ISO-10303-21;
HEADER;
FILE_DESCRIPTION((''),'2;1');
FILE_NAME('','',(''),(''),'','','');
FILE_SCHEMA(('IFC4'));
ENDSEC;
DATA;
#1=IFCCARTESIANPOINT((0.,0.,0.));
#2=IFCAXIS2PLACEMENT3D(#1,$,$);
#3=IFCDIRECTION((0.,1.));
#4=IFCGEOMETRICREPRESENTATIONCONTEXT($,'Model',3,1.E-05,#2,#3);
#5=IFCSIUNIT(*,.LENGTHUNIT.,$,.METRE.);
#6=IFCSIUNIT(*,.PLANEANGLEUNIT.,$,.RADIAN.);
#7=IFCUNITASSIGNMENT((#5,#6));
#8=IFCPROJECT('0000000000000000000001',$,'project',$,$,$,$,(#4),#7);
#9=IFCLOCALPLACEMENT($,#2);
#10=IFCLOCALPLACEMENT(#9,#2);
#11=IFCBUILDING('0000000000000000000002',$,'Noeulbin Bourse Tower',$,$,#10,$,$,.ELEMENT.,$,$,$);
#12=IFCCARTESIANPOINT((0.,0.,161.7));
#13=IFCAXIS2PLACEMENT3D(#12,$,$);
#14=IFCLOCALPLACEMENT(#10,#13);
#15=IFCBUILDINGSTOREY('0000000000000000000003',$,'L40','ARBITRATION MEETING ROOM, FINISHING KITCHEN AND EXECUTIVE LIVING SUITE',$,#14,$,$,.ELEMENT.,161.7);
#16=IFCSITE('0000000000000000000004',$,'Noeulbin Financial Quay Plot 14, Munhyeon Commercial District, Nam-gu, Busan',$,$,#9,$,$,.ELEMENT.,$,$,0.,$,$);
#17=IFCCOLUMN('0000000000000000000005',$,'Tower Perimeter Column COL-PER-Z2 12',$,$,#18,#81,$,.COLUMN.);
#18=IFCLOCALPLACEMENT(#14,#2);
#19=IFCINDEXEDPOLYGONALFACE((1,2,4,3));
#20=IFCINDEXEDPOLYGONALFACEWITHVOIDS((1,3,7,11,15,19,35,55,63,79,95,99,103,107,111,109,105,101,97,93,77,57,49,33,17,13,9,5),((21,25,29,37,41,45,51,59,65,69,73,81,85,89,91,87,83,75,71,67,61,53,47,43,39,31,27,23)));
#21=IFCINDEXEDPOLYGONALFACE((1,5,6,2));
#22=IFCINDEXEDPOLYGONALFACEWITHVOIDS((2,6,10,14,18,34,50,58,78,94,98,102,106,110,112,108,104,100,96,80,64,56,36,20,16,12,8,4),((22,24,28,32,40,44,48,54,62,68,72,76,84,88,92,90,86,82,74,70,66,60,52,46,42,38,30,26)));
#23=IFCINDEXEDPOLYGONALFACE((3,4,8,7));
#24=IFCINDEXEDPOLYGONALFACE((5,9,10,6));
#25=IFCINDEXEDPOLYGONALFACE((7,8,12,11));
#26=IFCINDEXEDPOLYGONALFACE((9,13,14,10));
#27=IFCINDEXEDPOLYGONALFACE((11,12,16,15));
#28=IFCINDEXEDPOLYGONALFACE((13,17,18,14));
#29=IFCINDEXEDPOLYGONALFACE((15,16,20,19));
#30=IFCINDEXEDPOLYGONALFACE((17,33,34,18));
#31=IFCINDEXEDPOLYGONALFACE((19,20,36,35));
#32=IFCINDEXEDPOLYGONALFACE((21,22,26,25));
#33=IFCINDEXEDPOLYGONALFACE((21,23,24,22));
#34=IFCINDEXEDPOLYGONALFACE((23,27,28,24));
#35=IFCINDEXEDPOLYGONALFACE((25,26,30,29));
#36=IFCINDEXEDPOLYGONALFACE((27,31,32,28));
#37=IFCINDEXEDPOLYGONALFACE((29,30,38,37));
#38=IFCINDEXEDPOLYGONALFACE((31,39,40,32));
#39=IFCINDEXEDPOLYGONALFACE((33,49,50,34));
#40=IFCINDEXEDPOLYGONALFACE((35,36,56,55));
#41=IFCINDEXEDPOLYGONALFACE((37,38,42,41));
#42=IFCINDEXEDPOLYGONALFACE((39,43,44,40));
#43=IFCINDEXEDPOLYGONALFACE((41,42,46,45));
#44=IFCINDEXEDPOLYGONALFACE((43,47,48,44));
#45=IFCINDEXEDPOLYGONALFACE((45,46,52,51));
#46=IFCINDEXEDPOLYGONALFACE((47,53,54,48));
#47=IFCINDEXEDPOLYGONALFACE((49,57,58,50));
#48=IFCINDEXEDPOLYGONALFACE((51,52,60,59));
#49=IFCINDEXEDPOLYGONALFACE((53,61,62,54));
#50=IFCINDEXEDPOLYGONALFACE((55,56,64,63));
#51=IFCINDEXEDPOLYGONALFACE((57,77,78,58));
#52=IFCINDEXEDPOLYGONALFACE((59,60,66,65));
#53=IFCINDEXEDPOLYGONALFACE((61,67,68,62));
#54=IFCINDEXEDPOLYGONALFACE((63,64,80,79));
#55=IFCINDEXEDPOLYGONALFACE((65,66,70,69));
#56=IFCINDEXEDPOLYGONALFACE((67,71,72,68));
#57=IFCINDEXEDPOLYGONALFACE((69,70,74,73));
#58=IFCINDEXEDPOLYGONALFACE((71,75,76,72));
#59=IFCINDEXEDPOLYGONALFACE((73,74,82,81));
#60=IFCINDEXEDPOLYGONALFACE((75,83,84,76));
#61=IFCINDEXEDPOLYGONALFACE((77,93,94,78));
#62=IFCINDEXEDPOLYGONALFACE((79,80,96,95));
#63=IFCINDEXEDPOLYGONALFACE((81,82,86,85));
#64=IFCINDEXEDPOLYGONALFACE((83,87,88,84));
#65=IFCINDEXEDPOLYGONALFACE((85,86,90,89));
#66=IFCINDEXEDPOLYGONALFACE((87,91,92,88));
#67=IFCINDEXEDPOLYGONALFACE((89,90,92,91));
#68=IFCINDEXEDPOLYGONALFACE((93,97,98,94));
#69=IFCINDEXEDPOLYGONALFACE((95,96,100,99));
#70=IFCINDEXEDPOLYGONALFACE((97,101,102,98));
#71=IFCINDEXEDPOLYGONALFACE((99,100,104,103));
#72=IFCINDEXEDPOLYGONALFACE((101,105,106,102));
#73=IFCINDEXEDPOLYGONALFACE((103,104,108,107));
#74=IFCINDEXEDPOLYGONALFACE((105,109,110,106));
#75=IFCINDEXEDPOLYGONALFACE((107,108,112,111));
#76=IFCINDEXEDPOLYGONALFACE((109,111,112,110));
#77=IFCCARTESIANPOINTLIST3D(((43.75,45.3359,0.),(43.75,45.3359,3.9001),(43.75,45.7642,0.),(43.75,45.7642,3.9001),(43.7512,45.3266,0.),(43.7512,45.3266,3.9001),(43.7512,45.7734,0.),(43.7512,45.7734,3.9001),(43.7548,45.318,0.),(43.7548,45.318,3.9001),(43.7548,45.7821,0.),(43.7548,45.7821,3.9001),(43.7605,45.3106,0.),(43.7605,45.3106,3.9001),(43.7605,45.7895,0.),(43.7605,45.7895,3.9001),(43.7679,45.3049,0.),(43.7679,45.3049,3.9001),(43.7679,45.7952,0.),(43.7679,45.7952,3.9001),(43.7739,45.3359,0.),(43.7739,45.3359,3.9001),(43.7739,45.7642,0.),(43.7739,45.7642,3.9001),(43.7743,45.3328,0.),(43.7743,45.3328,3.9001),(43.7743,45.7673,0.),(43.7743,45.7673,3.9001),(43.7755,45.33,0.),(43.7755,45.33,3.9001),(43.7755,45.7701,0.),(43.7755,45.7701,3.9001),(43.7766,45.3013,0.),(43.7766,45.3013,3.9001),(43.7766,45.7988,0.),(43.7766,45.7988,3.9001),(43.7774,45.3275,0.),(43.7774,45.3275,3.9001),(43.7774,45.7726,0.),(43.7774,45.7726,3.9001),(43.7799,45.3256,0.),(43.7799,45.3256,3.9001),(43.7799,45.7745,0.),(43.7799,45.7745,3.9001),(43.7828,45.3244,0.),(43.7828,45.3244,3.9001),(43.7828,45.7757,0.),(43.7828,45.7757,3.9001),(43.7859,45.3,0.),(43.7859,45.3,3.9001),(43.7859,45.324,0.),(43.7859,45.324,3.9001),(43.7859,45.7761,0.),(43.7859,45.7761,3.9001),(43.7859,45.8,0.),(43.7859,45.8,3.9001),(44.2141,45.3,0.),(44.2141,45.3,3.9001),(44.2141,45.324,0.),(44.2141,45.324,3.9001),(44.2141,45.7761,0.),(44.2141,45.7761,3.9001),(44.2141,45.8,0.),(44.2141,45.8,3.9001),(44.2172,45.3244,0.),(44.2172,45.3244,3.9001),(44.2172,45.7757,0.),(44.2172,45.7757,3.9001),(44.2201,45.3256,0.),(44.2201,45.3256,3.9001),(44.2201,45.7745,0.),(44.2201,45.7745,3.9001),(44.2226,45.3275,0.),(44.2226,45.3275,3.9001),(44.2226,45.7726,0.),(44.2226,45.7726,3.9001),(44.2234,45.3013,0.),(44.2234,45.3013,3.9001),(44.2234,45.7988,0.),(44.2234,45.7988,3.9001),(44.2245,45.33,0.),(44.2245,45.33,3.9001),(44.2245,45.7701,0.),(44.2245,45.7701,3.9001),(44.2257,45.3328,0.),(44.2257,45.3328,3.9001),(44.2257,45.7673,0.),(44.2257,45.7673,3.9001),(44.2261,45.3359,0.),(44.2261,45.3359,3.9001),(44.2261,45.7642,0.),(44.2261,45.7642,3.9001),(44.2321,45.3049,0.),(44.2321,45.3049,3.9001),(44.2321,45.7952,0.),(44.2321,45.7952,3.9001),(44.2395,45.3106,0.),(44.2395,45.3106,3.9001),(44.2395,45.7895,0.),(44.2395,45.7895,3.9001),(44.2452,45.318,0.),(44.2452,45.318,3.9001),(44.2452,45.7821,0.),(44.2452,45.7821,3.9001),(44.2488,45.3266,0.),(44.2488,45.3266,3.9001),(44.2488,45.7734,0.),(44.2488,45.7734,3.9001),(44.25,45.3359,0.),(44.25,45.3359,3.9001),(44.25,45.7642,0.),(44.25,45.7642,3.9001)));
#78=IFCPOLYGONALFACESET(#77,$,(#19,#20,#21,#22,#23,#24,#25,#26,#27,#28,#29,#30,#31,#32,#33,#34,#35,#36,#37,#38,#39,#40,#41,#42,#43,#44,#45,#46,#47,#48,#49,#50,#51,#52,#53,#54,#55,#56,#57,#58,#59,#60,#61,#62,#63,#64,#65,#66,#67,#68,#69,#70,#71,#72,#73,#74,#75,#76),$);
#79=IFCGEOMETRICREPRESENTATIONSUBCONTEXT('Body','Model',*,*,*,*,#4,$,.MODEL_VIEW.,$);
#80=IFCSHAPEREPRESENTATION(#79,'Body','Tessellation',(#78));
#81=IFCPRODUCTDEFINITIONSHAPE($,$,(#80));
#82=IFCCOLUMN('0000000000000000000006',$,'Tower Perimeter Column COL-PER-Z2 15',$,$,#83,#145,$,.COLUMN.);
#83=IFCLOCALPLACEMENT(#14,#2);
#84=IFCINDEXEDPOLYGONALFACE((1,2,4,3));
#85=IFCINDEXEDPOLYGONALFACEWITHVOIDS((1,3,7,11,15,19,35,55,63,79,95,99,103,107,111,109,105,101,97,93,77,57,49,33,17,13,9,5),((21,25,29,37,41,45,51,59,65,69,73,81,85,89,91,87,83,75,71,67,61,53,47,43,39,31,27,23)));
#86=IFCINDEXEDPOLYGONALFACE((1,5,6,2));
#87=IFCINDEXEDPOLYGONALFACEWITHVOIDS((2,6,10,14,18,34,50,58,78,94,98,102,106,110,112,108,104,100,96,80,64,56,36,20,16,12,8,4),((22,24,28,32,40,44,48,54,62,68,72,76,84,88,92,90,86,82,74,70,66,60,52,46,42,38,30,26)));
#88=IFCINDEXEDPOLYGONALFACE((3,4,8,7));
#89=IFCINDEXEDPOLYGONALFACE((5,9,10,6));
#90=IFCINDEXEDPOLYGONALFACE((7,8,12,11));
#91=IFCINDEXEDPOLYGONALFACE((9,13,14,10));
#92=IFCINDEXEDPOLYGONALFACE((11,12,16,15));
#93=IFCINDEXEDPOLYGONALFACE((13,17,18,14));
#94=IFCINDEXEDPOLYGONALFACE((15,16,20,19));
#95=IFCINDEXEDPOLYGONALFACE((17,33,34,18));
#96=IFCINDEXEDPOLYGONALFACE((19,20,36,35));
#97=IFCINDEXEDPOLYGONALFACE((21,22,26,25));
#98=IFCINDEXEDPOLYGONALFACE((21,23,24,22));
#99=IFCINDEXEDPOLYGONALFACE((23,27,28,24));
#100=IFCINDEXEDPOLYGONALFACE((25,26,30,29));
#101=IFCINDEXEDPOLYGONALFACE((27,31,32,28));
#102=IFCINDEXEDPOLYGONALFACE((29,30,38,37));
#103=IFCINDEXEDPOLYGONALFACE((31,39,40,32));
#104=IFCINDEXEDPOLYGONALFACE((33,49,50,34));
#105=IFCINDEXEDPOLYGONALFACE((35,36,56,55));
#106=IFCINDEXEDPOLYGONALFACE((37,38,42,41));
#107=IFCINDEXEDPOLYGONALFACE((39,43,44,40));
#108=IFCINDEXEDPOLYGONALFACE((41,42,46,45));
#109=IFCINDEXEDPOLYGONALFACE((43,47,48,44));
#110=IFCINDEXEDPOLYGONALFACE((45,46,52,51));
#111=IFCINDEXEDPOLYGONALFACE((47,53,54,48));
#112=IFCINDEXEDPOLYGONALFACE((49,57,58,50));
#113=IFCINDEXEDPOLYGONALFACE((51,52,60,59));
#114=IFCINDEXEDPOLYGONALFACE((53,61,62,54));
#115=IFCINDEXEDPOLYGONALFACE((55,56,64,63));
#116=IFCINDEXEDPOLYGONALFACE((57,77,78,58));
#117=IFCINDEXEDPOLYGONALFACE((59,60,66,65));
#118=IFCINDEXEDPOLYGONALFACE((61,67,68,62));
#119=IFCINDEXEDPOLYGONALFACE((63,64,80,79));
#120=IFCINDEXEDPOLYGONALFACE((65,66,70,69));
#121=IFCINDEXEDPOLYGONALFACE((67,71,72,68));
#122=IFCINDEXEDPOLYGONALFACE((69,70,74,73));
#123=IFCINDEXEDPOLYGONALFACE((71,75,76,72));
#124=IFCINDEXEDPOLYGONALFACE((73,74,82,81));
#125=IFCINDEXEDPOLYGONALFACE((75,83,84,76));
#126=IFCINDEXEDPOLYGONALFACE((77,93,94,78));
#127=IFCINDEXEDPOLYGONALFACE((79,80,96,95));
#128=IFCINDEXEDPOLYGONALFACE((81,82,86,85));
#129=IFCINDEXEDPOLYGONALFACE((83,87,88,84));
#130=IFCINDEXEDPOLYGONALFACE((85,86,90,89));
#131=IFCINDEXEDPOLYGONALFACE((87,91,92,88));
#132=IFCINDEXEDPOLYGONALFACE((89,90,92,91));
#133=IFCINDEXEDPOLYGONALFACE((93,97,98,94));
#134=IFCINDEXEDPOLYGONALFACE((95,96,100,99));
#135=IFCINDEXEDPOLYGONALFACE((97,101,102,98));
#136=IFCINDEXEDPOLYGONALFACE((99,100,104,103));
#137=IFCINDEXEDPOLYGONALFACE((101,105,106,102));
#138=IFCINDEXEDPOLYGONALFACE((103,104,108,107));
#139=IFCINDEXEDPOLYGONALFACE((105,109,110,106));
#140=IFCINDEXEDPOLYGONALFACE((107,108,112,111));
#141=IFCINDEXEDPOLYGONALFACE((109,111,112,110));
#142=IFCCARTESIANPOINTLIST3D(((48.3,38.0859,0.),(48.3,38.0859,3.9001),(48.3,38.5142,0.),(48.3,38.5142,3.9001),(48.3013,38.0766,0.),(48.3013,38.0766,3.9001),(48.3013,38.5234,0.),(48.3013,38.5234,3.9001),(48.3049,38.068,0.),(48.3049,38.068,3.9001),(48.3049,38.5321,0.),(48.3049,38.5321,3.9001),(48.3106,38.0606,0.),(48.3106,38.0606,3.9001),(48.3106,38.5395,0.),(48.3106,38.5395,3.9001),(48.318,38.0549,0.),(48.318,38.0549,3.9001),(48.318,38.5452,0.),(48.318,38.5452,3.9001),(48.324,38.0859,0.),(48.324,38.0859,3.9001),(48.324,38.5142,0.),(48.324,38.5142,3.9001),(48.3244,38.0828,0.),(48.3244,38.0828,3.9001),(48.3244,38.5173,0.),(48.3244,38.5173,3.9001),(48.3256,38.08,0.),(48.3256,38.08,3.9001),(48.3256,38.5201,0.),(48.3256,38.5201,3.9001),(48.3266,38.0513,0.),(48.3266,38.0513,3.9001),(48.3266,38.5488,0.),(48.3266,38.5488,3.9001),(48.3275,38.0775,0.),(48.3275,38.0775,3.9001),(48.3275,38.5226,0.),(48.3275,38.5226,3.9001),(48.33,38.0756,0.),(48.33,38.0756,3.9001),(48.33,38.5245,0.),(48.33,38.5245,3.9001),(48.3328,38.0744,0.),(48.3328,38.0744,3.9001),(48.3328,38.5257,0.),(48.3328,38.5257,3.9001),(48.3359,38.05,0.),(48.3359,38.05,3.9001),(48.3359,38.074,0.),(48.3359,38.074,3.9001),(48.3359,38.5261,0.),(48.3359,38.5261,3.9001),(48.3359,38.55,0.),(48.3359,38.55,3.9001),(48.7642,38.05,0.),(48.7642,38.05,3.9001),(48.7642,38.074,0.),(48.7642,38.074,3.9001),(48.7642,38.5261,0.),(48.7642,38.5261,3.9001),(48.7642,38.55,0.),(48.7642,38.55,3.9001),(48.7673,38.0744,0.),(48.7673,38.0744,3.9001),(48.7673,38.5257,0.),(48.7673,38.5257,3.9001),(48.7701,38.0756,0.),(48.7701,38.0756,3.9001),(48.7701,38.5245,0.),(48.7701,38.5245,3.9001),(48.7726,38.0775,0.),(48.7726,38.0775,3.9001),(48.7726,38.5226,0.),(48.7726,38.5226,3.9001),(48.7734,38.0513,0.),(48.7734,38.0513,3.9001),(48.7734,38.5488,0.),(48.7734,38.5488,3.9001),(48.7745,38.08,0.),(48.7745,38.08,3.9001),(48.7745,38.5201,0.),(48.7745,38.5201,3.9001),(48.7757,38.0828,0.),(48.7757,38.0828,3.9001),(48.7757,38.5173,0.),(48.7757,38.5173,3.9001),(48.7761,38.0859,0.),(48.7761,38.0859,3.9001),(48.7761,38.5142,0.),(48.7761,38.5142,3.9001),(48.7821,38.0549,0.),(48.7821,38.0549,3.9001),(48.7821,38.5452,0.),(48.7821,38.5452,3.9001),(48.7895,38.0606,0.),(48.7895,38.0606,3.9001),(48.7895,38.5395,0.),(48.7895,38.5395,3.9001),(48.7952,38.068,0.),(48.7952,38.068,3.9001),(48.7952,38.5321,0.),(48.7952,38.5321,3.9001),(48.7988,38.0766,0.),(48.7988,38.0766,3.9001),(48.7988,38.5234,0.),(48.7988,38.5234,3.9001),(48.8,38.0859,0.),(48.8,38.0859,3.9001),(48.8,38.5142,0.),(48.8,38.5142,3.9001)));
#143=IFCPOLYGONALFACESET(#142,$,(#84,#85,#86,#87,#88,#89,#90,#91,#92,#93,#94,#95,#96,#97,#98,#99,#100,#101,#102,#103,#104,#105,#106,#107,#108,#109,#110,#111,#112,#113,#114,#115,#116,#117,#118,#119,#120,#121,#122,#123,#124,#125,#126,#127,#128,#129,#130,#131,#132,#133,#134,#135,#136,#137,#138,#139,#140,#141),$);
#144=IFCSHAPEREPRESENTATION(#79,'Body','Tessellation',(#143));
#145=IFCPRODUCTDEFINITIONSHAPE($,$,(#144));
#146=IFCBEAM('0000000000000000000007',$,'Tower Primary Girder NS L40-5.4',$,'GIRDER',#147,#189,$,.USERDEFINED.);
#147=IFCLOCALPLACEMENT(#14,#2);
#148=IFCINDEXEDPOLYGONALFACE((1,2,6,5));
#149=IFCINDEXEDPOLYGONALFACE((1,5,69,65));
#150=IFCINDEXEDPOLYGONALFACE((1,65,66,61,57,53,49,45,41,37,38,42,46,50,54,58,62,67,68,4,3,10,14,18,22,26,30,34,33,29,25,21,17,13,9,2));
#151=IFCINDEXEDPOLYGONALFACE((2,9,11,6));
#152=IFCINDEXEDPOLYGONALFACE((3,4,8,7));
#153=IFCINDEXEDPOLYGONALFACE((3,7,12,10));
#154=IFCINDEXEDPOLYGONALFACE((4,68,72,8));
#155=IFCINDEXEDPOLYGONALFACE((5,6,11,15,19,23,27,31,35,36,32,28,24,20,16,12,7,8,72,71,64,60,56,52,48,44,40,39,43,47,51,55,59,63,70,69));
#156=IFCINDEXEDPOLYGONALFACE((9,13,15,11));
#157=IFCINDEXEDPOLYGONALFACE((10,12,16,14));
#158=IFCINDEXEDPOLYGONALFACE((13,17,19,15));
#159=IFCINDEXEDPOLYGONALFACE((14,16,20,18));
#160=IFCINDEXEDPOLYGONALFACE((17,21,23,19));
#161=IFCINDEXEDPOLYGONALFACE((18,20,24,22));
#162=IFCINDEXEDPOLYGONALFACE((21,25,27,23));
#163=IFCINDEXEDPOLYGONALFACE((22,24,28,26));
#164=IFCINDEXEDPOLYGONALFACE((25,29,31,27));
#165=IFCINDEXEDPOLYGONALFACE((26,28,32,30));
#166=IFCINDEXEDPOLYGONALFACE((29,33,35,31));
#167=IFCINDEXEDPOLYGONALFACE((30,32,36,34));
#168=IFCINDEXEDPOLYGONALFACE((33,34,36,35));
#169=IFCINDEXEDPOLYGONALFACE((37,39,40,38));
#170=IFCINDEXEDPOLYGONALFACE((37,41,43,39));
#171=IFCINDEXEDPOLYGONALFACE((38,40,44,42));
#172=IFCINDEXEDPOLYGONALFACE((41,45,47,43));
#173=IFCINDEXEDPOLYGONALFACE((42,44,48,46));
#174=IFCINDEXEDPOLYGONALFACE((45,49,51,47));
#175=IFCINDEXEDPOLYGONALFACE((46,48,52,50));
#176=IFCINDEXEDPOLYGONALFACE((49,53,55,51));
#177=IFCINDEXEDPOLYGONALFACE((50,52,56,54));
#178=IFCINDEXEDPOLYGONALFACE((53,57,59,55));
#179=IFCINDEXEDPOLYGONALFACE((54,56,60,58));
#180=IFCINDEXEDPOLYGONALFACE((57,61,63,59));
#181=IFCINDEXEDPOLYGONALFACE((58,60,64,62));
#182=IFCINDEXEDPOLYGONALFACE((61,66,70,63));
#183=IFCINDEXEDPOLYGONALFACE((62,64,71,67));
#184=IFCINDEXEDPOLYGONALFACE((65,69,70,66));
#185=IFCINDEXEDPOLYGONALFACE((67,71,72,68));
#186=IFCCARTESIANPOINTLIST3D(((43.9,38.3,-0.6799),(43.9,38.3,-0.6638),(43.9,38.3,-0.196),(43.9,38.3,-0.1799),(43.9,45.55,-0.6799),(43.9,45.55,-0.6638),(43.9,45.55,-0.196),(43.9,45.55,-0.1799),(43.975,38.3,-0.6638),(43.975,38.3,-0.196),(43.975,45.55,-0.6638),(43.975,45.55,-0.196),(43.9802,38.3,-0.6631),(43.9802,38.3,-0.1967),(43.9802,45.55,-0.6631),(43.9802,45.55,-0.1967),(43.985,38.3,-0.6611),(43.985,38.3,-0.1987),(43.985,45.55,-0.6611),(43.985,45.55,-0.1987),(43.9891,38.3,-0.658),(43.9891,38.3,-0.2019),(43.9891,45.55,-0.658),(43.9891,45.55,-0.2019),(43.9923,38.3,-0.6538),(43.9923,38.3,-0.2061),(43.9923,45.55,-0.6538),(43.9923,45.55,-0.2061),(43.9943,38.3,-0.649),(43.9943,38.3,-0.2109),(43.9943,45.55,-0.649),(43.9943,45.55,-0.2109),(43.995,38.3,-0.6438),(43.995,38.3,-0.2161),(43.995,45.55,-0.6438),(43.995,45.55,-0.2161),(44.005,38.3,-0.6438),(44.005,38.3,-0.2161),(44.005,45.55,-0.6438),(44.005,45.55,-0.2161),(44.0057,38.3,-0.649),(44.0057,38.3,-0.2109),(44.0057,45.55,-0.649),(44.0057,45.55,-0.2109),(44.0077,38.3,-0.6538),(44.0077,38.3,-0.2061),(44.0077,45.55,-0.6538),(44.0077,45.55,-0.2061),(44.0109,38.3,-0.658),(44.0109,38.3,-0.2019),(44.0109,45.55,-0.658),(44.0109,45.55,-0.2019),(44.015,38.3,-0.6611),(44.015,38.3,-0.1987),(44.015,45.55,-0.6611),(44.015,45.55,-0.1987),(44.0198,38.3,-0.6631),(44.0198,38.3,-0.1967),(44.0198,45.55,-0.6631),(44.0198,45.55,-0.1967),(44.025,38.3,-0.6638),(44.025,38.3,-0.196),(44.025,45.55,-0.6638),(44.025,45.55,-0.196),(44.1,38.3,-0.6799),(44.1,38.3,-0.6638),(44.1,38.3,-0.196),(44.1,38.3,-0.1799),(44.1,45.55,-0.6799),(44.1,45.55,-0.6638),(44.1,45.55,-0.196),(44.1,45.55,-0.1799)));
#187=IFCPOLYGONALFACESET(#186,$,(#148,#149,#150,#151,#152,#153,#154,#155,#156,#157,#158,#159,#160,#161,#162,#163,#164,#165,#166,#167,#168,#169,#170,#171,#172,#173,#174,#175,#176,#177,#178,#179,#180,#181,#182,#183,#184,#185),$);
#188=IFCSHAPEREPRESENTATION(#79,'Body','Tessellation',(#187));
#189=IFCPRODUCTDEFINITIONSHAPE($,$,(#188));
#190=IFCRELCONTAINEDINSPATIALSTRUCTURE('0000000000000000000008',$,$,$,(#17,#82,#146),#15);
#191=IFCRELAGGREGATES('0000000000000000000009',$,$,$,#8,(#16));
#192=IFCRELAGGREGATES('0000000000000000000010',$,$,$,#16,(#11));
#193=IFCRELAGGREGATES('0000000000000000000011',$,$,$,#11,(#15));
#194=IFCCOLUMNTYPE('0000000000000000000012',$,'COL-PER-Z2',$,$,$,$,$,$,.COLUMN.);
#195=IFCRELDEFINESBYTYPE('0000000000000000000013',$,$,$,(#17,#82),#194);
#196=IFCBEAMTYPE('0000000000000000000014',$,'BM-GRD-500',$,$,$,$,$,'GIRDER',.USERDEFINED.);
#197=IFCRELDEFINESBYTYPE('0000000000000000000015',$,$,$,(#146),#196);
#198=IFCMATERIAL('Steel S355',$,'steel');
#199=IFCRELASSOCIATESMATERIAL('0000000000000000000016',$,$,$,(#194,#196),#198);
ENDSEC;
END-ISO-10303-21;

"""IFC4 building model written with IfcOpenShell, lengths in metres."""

from ifc_helpers import new_model, si_unit, direction, frame, origin, origin_2d, place, context, subcontext, project, spatial, hollow_rectangle, i_section, extrude, material, material_profile, profile_set, type_object, element, save


model = new_model("IFC4")

# Units and contexts
model_context = context("Model", 3, precision=1e-05, world=origin(), true_north=direction((0.0, 1.0)))
body_context = subcontext(model_context, "Body", "Model", "MODEL_VIEW")
ifc_project = project(units=[si_unit("LENGTHUNIT", "METRE"), si_unit("PLANEANGLEUNIT", "RADIAN")], contexts=[model_context])

# Site, building, storey
site_placement = place(None, origin())
site = spatial("IfcSite", under=ifc_project, at=site_placement, Name="Noeulbin Financial Quay Plot 14, Munhyeon Commercial District, Nam-gu, Busan", CompositionType="ELEMENT", RefElevation=0.0)
building_placement = place(site_placement, origin())
building = spatial("IfcBuilding", under=site, at=building_placement, Name="Noeulbin Bourse Tower", CompositionType="ELEMENT")
storey_placement = place(building_placement, frame((0.0, 0.0, 161.7)))
storey = spatial("IfcBuildingStorey", under=building, at=storey_placement, Name="L40", Description="ARBITRATION MEETING ROOM, FINISHING KITCHEN AND EXECUTIVE LIVING SUITE", CompositionType="ELEMENT", Elevation=161.7)

# Columns
ifc_material_1 = material(Name="Steel S355", Category="steel")
ifc_material_profile_1 = material_profile(ifc_material_1, hollow_rectangle(XDim=0.5, YDim=0.5, WallThickness=0.0239, InnerFilletRadius=0.012, OuterFilletRadius=0.0359, at=origin_2d()), Name="BOX-500x500x24", Category="LoadBearing")
ifc_profile_set_1 = profile_set([ifc_material_profile_1], Name="Steel S355")
column_type = type_object("IfcColumnType", Name="COL-PER-Z2", PredefinedType="COLUMN", material=ifc_profile_set_1)
for number, where, z_axis, x_axis, name in (
    (1, (44.0, 45.55, 0.0), (0.0, 0.0, 1.0), (1.0, 0.0, 0.0), "Tower Perimeter Column COL-PER-Z2 12"),
    (2, (48.55, 38.3, 0.0), (0.0, 0.0, 1.0), (1.0, 0.0, 0.0), "Tower Perimeter Column COL-PER-Z2 15"),
):
    element("IfcColumn", number, at=place(storey_placement, frame(where, z_axis=z_axis, x_axis=x_axis)), inside=storey, type_object=column_type, Name=name, PredefinedType="COLUMN", context=body_context, shape_type="SweptSolid", body=[
        extrude(hollow_rectangle(XDim=0.5, YDim=0.5, WallThickness=0.0239, InnerFilletRadius=0.012, OuterFilletRadius=0.0359, at=origin_2d()), origin(), (0.0, 0.0, 1.0), 3.9001),
    ])

# Beam
ifc_material_profile_2 = material_profile(ifc_material_1, i_section(OverallWidth=0.2, OverallDepth=0.5, WebThickness=0.01, FlangeThickness=0.0161, FilletRadius=0.02, at=origin_2d()), Name="H-500x200x10x16", Category="LoadBearing")
ifc_profile_set_2 = profile_set([ifc_material_profile_2], Name="Steel S355")
beam_type_1 = type_object("IfcBeamType", Name="BM-GRD-500", ElementType="GIRDER", PredefinedType="USERDEFINED", material=ifc_profile_set_2)
beam_1_placement = place(storey_placement, frame((44.0, 38.3, -0.4299), z_axis=(0.0, 1.0, 0.0), x_axis=(-1.0, 0.0, 0.0)))
element("IfcBeam", 3, at=beam_1_placement, inside=storey, type_object=beam_type_1, Name="Tower Primary Girder NS L40-5.4", ObjectType="GIRDER", PredefinedType="USERDEFINED", context=body_context, shape_type="SweptSolid", body=[
    extrude(i_section(OverallWidth=0.2, OverallDepth=0.5, WebThickness=0.01, FlangeThickness=0.0161, FilletRadius=0.02, at=origin_2d()), origin(), (0.0, 0.0, 1.0), 7.25),
])

save(model, "model.ifc")
